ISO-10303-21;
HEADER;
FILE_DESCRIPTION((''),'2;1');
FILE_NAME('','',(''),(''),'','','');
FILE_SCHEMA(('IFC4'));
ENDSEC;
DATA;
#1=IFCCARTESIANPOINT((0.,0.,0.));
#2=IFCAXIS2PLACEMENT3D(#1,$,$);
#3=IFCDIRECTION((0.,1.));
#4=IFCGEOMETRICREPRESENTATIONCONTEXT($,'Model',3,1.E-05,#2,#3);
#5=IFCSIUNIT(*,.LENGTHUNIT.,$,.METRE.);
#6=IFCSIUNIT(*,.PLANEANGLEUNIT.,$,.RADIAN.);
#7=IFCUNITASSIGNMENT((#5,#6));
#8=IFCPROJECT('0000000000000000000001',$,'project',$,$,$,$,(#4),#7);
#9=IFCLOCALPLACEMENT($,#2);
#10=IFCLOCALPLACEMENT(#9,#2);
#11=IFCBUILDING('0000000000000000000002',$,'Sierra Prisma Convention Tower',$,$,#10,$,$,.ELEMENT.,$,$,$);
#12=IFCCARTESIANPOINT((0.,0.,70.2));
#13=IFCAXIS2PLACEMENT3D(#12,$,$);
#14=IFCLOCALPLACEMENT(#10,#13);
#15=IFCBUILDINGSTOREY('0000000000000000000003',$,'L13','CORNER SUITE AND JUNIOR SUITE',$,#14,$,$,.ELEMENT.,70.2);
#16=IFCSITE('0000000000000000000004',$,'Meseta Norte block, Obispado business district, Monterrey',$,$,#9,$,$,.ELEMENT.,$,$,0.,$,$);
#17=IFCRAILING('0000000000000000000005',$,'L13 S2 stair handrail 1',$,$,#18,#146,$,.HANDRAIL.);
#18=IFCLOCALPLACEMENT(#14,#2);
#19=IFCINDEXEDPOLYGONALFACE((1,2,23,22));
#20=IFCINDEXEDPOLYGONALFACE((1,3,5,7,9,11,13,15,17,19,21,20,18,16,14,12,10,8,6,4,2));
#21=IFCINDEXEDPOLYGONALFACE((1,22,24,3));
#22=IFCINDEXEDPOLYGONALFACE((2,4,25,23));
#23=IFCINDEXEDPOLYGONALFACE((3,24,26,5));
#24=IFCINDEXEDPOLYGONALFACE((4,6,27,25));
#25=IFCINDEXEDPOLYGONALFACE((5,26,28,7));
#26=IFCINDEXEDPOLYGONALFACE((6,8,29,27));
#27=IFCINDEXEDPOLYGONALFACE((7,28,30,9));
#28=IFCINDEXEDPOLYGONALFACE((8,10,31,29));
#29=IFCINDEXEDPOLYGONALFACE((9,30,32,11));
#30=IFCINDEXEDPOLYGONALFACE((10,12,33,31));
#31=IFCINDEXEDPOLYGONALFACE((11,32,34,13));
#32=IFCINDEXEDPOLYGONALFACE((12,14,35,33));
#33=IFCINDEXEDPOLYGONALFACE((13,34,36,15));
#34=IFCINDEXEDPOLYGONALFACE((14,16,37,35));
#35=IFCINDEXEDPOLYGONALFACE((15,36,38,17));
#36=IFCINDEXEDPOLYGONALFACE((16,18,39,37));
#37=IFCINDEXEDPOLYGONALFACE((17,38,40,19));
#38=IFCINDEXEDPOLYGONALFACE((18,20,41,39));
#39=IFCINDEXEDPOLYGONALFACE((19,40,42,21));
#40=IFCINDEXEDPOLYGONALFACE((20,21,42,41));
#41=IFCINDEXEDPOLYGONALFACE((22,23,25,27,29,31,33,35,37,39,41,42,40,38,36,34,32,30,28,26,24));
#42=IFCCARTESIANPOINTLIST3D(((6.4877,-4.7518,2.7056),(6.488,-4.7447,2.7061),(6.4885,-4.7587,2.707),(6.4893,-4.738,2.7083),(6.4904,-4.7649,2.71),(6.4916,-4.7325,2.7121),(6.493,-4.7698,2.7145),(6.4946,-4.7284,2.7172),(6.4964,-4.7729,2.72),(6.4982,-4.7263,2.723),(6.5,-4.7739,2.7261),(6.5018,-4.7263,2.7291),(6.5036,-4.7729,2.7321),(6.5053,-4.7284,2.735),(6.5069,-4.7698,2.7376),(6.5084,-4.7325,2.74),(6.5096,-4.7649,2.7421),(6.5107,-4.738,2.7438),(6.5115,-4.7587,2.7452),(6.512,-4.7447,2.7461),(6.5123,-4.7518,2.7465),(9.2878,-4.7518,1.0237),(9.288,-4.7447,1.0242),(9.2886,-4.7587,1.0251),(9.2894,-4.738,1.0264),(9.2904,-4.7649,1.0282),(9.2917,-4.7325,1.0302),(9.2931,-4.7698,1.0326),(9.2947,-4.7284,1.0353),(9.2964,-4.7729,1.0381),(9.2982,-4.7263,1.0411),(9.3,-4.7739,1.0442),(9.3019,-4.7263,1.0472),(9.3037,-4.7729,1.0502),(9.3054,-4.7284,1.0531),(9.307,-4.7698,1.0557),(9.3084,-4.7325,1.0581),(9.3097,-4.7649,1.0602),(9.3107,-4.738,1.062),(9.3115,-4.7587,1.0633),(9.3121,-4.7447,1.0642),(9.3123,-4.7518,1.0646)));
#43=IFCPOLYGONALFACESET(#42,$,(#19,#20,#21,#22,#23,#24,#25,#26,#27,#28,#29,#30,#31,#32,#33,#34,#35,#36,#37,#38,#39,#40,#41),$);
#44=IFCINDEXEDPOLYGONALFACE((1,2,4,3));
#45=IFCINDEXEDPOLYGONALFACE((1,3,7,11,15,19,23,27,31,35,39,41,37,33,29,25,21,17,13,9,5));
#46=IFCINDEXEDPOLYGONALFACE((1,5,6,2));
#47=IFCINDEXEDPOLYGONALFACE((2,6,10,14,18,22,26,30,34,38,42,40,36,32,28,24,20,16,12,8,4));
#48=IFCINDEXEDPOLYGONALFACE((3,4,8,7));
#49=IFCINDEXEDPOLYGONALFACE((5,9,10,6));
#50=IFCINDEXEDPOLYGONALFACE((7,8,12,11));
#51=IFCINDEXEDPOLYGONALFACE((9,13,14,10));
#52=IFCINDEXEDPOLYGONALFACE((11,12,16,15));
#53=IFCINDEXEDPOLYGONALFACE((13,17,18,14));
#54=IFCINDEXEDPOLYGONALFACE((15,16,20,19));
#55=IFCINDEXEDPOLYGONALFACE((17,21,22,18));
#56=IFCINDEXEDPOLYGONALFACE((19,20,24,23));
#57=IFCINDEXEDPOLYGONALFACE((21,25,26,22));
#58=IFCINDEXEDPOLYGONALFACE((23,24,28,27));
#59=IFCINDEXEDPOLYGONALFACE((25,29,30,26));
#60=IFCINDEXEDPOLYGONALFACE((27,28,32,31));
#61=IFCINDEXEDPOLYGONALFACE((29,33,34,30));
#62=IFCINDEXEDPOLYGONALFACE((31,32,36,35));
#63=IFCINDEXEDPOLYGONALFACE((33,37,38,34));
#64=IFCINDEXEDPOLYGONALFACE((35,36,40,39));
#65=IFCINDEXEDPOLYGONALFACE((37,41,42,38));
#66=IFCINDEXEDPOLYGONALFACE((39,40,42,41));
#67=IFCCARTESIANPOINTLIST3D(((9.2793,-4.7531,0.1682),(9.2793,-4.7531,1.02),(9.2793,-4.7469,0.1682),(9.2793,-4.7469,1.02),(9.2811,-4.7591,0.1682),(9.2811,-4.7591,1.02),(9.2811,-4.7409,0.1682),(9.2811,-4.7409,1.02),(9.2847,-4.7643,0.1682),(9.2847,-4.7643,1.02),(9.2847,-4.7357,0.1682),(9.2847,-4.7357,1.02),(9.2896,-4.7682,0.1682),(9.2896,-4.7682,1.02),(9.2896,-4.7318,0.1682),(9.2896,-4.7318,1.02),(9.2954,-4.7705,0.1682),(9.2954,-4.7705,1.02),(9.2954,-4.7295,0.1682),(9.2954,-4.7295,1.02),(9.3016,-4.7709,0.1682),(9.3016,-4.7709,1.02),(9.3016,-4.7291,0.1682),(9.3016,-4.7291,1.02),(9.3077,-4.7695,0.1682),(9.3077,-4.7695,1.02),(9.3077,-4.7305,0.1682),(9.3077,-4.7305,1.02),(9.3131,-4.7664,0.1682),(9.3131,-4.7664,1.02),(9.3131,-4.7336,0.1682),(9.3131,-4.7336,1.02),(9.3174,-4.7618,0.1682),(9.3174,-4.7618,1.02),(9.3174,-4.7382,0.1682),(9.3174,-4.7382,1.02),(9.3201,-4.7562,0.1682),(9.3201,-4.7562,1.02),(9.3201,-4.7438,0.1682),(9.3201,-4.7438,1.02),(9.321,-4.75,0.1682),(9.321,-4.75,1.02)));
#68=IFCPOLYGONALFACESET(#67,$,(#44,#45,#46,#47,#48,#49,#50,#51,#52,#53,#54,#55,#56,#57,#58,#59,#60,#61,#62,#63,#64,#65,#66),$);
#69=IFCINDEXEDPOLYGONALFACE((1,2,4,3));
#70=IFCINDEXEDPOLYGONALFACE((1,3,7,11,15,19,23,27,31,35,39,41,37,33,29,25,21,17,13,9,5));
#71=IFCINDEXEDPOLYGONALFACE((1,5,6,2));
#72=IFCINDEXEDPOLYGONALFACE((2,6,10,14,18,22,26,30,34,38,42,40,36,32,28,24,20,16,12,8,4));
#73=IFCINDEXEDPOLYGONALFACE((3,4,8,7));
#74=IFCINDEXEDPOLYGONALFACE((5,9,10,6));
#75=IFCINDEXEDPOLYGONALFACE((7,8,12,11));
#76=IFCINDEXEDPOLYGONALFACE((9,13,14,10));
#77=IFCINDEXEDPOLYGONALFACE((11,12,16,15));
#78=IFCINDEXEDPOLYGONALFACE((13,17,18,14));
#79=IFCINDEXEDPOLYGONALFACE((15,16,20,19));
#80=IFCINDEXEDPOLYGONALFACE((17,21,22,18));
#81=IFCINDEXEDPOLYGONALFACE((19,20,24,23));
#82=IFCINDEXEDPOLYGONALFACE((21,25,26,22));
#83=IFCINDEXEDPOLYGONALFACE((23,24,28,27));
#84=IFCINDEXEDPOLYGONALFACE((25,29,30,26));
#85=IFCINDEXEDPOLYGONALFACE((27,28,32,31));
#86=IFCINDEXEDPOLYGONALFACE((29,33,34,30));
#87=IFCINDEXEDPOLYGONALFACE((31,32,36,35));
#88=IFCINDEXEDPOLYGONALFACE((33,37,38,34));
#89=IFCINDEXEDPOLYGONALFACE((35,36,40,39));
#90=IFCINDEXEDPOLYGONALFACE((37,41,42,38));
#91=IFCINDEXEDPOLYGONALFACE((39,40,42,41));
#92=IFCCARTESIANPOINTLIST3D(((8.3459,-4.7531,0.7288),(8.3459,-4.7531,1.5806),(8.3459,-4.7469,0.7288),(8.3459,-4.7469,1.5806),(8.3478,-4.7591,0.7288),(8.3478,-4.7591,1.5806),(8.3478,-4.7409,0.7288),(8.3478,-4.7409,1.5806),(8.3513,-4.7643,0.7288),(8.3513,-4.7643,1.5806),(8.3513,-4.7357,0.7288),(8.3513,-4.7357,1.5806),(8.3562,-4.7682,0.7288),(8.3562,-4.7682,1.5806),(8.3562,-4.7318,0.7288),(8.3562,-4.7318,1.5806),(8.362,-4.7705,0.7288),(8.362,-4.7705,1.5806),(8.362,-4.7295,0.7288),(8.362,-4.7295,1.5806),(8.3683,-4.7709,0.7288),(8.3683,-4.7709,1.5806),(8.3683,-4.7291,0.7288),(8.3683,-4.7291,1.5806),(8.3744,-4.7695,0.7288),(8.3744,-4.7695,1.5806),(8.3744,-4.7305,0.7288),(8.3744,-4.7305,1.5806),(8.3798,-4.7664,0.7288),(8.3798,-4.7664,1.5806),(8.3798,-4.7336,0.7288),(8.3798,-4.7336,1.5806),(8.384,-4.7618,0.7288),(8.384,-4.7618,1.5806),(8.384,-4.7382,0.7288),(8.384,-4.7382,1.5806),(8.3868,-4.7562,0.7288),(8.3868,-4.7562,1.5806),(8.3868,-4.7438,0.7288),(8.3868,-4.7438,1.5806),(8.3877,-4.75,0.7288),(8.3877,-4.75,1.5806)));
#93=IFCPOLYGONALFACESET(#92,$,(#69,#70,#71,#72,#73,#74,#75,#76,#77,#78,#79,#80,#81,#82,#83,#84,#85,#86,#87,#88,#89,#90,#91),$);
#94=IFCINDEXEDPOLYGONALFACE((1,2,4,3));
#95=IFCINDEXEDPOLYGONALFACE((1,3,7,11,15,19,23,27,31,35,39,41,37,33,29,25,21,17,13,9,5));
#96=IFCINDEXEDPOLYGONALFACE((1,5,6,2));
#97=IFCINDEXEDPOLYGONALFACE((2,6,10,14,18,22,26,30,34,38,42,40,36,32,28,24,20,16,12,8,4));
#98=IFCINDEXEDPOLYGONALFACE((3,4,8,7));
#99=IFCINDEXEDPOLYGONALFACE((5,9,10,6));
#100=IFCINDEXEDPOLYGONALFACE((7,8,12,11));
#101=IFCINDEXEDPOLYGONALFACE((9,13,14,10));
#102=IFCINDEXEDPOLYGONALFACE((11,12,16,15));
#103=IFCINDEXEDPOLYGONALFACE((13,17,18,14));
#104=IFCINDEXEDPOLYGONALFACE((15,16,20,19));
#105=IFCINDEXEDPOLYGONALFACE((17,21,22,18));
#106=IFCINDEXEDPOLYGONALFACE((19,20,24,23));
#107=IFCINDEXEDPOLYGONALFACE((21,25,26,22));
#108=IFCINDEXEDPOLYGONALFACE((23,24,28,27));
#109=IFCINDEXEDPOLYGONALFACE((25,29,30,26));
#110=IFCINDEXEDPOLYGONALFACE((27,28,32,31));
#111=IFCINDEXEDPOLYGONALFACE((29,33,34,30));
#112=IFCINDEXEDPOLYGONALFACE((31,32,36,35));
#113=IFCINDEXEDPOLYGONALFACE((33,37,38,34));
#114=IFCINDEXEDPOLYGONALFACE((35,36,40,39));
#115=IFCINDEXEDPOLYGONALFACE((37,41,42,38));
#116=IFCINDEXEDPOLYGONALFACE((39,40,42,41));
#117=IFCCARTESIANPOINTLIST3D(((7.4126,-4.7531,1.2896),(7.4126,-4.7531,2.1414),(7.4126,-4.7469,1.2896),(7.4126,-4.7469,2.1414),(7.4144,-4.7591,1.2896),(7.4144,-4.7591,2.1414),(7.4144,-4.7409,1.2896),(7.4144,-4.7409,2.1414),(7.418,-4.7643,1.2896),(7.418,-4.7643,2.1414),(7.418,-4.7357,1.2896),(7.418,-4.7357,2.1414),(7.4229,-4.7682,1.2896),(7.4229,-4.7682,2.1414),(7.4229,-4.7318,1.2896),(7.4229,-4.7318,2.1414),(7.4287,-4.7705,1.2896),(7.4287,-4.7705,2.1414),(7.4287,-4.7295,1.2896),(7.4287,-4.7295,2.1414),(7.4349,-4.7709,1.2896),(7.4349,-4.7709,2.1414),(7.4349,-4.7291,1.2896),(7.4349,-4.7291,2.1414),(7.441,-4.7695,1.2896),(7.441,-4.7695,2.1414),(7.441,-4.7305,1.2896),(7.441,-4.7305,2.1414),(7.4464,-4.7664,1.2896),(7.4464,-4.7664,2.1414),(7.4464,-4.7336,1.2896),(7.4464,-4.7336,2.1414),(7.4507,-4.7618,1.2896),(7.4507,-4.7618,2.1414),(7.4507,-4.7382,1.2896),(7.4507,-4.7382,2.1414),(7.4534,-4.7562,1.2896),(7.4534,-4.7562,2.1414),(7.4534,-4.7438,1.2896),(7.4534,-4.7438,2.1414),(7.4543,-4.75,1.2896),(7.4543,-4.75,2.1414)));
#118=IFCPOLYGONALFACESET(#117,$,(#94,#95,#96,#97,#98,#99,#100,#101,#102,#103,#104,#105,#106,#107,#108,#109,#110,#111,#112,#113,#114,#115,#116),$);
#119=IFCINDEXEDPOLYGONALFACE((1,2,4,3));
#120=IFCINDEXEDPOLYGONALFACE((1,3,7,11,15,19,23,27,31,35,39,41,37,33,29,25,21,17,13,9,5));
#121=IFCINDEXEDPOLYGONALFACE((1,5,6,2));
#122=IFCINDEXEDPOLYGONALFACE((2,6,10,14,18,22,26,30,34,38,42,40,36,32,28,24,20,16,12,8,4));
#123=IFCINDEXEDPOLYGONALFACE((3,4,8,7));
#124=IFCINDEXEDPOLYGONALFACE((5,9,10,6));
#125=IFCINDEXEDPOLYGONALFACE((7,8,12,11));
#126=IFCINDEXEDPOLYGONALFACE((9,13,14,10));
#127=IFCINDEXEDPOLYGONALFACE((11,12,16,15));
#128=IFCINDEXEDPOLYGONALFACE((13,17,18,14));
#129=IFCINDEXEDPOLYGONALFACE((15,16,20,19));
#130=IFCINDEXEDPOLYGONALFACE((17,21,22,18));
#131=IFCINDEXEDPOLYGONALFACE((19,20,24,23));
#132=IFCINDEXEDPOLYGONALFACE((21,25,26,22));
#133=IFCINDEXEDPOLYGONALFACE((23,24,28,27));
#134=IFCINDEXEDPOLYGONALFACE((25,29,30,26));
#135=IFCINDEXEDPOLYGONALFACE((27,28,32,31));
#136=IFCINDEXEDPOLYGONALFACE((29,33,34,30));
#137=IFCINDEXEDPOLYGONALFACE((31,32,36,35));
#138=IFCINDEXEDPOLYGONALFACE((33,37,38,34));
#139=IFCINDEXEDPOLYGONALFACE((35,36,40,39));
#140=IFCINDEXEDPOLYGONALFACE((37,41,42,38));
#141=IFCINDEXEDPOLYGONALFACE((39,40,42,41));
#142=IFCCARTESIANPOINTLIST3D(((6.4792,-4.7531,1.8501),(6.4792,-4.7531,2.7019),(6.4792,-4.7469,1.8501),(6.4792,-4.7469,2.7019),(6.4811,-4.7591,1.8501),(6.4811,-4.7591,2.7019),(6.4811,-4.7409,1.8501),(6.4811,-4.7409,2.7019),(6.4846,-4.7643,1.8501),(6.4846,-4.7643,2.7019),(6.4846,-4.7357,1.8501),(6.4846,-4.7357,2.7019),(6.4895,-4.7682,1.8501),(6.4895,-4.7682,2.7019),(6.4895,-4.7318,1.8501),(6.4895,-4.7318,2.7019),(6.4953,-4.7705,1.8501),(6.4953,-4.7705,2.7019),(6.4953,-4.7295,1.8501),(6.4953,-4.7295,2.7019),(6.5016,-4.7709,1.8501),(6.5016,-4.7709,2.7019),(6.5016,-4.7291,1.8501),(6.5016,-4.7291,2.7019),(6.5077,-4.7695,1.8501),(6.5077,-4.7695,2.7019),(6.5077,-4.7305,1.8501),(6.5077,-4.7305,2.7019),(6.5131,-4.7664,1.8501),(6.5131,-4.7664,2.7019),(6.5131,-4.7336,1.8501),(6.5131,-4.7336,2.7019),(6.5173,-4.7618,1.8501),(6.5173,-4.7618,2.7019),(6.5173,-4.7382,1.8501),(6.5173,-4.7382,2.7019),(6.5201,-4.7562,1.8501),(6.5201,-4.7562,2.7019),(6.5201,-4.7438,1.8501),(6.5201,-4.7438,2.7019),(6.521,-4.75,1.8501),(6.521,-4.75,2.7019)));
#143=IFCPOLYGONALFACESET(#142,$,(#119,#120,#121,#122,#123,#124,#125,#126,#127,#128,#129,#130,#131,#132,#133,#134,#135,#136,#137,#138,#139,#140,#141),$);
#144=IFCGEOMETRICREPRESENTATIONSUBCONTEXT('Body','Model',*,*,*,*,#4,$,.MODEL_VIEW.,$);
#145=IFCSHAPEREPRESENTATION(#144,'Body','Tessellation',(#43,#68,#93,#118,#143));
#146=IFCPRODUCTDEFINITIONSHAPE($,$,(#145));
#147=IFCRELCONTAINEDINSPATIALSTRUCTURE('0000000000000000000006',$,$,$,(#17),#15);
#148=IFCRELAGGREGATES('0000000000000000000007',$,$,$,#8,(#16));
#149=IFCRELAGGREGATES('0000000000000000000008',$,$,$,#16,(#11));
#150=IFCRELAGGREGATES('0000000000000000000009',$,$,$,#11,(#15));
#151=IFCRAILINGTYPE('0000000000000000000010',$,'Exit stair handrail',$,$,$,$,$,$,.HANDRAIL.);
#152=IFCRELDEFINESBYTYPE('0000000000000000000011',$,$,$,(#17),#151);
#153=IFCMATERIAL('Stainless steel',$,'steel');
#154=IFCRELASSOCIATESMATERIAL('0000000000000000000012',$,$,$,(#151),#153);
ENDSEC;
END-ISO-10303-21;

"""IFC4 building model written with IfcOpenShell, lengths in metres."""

from ifc_helpers import new_model, si_unit, direction, frame, origin, origin_2d, place, context, subcontext, project, spatial, circle, extrude, material, type_object, element, save


model = new_model("IFC4")

# Units and contexts
model_context = context("Model", 3, precision=1e-05, world=origin(), true_north=direction((0.0, 1.0)))
body_context = subcontext(model_context, "Body", "Model", "MODEL_VIEW")
ifc_project = project(units=[si_unit("LENGTHUNIT", "METRE"), si_unit("PLANEANGLEUNIT", "RADIAN")], contexts=[model_context])

# Site, building, storey
site_placement = place(None, origin())
site = spatial("IfcSite", under=ifc_project, at=site_placement, Name="Meseta Norte block, Obispado business district, Monterrey", CompositionType="ELEMENT", RefElevation=0.0)
building_placement = place(site_placement, origin())
building = spatial("IfcBuilding", under=site, at=building_placement, Name="Sierra Prisma Convention Tower", CompositionType="ELEMENT")
storey_placement = place(building_placement, frame((0.0, 0.0, 70.2)))
storey = spatial("IfcBuildingStorey", under=building, at=storey_placement, Name="L13", Description="CORNER SUITE AND JUNIOR SUITE", CompositionType="ELEMENT", Elevation=70.2)

# Railing
ifc_material_1 = material(Name="Stainless steel", Category="steel")
railing_type_1 = type_object("IfcRailingType", Name="Exit stair handrail", PredefinedType="HANDRAIL", material=ifc_material_1)
railing_1_placement = place(storey_placement, frame((9.3, -4.75, 0.1682)))
element("IfcRailing", 1, at=railing_1_placement, inside=storey, type_object=railing_type_1, Name="L13 S2 stair handrail 1", PredefinedType="HANDRAIL", context=body_context, shape_type="SweptSolid", body=[
    extrude(circle(Radius=0.0239, at=origin_2d()), frame((0.0, 0.0, 0.876), z_axis=(-0.857242, 0.0, 0.514913), x_axis=(0.0, -1.0, 0.0)), (0.0, 0.0, 1.0), 3.2664),
    extrude(circle(Radius=0.021, at=origin_2d()), origin(), (0.0, 0.0, 1.0), 0.8518),
    extrude(circle(Radius=0.021, at=origin_2d()), frame((-0.9333, 0.0, 0.5605)), (0.0, 0.0, 1.0), 0.8518),
    extrude(circle(Radius=0.021, at=origin_2d()), frame((-1.8667, 0.0, 1.1213)), (0.0, 0.0, 1.0), 0.8518),
    extrude(circle(Radius=0.021, at=origin_2d()), frame((-2.8, 0.0, 1.6819)), (0.0, 0.0, 1.0), 0.8518),
])

save(model, "model.ifc")
